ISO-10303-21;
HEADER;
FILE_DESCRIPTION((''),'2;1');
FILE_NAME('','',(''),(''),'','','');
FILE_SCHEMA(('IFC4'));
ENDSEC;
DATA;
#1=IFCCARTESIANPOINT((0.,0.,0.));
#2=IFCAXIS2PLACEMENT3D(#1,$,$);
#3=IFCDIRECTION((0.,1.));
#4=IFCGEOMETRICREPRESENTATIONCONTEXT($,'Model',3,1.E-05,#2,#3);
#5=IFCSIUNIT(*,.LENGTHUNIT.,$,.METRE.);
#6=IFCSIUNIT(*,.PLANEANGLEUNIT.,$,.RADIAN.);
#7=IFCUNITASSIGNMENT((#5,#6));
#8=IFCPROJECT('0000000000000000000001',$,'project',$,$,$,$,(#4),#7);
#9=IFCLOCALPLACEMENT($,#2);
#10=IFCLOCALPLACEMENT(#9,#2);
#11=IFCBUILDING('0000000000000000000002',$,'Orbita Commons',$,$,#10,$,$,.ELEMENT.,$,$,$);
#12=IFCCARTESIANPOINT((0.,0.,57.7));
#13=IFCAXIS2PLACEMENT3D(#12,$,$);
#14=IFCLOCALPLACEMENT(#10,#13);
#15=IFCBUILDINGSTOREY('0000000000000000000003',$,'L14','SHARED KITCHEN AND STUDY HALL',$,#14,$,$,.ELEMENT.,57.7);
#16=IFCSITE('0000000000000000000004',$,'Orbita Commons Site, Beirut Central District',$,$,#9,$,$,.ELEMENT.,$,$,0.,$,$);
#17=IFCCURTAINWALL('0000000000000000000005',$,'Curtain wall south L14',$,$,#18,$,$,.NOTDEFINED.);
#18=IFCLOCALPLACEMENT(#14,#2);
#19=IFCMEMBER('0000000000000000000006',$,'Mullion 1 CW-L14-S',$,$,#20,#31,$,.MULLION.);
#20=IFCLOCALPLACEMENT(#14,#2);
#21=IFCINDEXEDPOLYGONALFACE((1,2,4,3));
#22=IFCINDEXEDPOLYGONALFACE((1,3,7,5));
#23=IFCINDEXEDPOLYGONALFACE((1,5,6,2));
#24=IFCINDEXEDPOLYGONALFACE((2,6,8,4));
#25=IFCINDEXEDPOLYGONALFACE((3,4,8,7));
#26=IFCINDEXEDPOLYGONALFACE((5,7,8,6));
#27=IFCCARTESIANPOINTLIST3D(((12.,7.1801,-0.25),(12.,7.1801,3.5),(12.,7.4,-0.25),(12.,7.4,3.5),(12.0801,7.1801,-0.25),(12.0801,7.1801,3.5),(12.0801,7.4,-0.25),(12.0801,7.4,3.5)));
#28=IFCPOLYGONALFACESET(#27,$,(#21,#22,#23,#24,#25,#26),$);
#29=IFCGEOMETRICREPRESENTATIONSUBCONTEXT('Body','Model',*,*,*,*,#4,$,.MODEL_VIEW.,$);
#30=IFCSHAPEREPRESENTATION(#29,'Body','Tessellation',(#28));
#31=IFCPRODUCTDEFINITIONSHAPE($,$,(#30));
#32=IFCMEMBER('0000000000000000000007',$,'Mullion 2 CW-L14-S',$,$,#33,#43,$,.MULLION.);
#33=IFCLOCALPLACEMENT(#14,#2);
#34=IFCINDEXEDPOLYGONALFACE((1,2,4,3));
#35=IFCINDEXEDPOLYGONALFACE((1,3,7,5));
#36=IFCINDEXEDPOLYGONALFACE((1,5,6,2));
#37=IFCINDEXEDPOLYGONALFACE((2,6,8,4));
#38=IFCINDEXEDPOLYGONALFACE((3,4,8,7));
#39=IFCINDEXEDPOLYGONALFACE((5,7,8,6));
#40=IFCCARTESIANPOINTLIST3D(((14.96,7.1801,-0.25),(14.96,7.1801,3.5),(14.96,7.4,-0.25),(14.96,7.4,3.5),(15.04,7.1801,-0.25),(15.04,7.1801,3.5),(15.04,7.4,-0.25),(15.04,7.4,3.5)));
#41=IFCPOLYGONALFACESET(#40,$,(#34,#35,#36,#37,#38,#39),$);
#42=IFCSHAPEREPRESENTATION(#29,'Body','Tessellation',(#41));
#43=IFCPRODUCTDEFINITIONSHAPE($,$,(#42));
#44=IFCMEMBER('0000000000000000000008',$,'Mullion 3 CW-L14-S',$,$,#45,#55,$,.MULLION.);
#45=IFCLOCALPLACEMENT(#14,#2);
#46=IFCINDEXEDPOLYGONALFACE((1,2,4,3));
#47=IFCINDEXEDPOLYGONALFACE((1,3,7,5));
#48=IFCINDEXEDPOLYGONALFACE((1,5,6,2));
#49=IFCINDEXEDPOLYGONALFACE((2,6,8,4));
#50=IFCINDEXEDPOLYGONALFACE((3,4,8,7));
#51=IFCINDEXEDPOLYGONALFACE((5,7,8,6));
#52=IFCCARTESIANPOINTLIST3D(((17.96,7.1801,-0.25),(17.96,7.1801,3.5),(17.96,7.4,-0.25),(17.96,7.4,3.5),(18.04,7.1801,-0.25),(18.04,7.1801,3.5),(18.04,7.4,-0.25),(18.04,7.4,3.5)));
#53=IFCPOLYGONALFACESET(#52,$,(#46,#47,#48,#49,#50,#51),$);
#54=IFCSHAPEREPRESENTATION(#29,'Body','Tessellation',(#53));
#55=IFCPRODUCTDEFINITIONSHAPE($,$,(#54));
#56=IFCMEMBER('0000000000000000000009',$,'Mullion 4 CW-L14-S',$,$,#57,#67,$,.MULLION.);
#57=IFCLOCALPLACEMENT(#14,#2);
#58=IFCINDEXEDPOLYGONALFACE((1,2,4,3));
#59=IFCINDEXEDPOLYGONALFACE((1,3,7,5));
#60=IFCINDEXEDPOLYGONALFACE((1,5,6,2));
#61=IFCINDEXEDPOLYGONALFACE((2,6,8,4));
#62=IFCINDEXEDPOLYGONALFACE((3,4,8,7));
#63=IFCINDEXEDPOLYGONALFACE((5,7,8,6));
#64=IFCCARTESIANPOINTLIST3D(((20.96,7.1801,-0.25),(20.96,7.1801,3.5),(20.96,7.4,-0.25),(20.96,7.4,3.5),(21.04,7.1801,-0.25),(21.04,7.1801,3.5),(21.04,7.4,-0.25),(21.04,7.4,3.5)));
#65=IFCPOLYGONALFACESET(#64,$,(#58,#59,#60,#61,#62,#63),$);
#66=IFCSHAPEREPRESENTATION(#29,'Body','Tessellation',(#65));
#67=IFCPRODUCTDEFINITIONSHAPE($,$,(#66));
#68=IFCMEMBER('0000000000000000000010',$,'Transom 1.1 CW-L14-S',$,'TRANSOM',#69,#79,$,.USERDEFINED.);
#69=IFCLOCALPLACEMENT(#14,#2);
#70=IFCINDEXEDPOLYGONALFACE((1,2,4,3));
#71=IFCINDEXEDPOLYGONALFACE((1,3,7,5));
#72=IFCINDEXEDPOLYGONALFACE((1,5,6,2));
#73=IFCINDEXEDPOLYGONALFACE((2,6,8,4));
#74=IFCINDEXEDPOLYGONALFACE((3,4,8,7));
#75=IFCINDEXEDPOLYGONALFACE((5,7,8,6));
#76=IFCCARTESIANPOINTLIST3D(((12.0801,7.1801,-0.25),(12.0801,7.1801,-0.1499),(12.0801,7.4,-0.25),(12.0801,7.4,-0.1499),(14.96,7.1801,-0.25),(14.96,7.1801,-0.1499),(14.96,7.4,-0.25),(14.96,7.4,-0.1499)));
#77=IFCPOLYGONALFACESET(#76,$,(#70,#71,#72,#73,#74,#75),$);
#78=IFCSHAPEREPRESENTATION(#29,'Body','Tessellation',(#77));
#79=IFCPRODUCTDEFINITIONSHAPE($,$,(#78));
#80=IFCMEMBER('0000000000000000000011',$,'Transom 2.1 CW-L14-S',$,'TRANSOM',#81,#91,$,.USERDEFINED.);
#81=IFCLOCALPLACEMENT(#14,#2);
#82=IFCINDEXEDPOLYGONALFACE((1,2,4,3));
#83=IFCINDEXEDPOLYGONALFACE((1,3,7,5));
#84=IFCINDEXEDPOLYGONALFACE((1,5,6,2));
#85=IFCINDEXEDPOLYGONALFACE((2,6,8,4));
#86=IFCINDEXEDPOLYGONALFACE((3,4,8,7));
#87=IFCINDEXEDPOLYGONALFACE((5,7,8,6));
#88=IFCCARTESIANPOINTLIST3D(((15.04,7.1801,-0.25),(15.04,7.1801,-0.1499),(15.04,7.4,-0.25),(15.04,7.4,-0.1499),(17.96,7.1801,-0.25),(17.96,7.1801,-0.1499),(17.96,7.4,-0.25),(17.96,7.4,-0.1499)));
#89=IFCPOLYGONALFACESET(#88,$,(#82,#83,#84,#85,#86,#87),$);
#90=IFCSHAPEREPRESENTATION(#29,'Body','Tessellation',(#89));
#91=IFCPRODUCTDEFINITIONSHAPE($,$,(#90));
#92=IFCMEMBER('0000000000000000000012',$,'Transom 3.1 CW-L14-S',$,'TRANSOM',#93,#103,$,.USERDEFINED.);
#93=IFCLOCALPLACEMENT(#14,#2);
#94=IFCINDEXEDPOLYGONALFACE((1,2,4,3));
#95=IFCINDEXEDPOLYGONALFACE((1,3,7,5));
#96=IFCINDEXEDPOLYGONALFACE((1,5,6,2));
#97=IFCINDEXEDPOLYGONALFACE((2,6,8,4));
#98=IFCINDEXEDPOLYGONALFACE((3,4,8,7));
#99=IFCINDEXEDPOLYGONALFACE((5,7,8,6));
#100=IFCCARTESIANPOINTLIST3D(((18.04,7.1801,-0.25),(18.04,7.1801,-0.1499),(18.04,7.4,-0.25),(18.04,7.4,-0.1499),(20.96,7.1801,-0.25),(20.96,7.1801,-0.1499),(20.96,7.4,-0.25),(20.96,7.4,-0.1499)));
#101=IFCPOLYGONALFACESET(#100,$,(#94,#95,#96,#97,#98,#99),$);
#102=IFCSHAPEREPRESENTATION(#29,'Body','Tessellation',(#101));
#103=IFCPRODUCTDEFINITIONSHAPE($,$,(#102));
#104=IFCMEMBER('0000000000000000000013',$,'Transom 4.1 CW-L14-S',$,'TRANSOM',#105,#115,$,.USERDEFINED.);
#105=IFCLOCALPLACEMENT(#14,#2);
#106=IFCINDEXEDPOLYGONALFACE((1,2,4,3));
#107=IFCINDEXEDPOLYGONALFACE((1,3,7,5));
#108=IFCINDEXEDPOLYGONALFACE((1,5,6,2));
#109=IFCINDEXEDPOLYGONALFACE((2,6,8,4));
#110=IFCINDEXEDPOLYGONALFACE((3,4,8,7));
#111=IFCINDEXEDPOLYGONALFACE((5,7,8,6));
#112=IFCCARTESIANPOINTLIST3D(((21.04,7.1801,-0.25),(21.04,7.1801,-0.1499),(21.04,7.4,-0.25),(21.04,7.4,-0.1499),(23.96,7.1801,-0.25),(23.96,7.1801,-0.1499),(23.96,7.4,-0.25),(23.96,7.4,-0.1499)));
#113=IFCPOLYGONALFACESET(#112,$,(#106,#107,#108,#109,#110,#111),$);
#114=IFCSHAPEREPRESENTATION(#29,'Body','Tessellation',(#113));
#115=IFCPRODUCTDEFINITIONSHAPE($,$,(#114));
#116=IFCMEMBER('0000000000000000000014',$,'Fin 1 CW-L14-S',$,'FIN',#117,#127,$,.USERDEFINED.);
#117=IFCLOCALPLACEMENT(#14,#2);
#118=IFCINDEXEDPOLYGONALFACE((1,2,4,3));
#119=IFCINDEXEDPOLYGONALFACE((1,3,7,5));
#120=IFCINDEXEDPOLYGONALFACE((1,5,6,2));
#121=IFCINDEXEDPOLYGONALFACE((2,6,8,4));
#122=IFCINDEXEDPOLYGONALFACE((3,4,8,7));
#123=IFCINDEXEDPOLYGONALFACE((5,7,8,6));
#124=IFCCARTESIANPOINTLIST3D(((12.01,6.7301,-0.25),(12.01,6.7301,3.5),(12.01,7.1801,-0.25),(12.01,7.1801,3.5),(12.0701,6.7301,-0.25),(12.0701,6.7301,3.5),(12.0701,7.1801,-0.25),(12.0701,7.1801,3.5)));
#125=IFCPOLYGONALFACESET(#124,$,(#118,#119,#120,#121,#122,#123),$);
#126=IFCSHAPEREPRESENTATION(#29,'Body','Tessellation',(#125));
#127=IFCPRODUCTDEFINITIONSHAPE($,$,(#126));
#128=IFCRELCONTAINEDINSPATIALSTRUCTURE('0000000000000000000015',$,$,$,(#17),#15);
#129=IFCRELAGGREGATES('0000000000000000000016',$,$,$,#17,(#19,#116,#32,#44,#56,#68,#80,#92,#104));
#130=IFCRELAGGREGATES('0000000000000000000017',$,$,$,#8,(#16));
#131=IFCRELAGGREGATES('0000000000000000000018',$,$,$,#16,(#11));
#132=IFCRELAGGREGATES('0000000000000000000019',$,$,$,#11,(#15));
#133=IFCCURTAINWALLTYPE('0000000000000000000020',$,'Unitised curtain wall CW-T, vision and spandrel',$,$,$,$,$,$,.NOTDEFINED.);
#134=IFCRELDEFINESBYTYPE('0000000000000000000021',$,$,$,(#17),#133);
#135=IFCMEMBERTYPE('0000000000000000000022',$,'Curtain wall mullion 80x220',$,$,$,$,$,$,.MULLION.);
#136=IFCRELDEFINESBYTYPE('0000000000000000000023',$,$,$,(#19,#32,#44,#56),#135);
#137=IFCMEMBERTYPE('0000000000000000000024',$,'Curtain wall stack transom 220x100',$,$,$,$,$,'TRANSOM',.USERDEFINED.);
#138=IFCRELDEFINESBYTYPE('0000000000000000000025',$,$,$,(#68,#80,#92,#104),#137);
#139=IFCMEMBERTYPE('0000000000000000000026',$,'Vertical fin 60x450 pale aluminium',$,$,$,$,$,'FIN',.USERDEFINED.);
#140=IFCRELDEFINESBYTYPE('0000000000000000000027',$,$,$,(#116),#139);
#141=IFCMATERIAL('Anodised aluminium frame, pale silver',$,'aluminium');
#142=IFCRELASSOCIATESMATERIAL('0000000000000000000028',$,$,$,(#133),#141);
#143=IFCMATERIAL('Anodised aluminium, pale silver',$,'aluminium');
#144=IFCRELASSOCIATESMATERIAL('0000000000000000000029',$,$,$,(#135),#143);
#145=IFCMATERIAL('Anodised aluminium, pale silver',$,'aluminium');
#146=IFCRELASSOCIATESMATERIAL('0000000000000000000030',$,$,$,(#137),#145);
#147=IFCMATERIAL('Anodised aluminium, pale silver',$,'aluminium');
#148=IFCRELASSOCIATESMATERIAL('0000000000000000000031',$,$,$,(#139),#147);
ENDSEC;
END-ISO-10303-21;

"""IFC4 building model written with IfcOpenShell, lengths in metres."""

from ifc_helpers import new_model, si_unit, direction, frame, origin, origin_2d, place, context, subcontext, project, spatial, rectangle, extrude, material, material_profile, profile_set, type_object, element, aggregate, save


model = new_model("IFC4")

# Units and contexts
model_context = context("Model", 3, precision=1e-05, world=origin(), true_north=direction((0.0, 1.0)))
body_context = subcontext(model_context, "Body", "Model", "MODEL_VIEW")
ifc_project = project(units=[si_unit("LENGTHUNIT", "METRE"), si_unit("PLANEANGLEUNIT", "RADIAN")], contexts=[model_context])

# Site, building, storey
site_placement = place(None, origin())
site = spatial("IfcSite", under=ifc_project, at=site_placement, Name="Orbita Commons Site, Beirut Central District", CompositionType="ELEMENT", RefElevation=0.0)
building_placement = place(site_placement, origin())
building = spatial("IfcBuilding", under=site, at=building_placement, Name="Orbita Commons", CompositionType="ELEMENT")
storey_placement = place(building_placement, frame((0.0, 0.0, 57.7)))
storey = spatial("IfcBuildingStorey", under=building, at=storey_placement, Name="L14", Description="SHARED KITCHEN AND STUDY HALL", CompositionType="ELEMENT", Elevation=57.7)

# Curtain wall, members
ifc_material_1 = material(Name="Anodised aluminium frame, pale silver", Category="aluminium")
curtain_wall_type = type_object("IfcCurtainWallType", Name="Unitised curtain wall CW-T, vision and spandrel", PredefinedType="NOTDEFINED", material=ifc_material_1)
curtain_wall_placement = place(storey_placement, origin())
curtain_wall = element("IfcCurtainWall", 1, at=curtain_wall_placement, inside=storey, type_object=curtain_wall_type, Name="Curtain wall south L14", PredefinedType="NOTDEFINED")
ifc_material_2 = material(Name="Anodised aluminium, pale silver", Category="aluminium")
ifc_material_profile_1 = material_profile(ifc_material_2, rectangle(XDim=0.0801, YDim=0.22, at=origin_2d()), Name="AL 80x220")
ifc_profile_set_1 = profile_set([ifc_material_profile_1], Name="Anodised aluminium, pale silver")
member_type_1 = type_object("IfcMemberType", Name="Curtain wall mullion 80x220", PredefinedType="MULLION", material=ifc_profile_set_1)
member_1_placement = place(storey_placement, frame((12.04, 7.29, -0.25), z_axis=(0.0, 0.0, 1.0), x_axis=(1.0, 0.0, 0.0)))
member_1 = element("IfcMember", 2, at=member_1_placement, type_object=member_type_1, Name="Mullion 1 CW-L14-S", PredefinedType="MULLION", context=body_context, shape_type="SweptSolid", body=[
    extrude(rectangle(XDim=0.0801, YDim=0.22, at=origin_2d()), origin(), (0.0, 0.0, 1.0), 3.75),
])
member_2_placement = place(storey_placement, frame((15.0, 7.29, -0.25), z_axis=(0.0, 0.0, 1.0), x_axis=(1.0, 0.0, 0.0)))
member_2 = element("IfcMember", 3, at=member_2_placement, type_object=member_type_1, Name="Mullion 2 CW-L14-S", PredefinedType="MULLION", context=body_context, shape_type="SweptSolid", body=[
    extrude(rectangle(XDim=0.0801, YDim=0.22, at=origin_2d()), origin(), (0.0, 0.0, 1.0), 3.75),
])
member_3_placement = place(storey_placement, frame((18.0, 7.29, -0.25), z_axis=(0.0, 0.0, 1.0), x_axis=(1.0, 0.0, 0.0)))
member_3 = element("IfcMember", 4, at=member_3_placement, type_object=member_type_1, Name="Mullion 3 CW-L14-S", PredefinedType="MULLION", context=body_context, shape_type="SweptSolid", body=[
    extrude(rectangle(XDim=0.0801, YDim=0.22, at=origin_2d()), origin(), (0.0, 0.0, 1.0), 3.75),
])
member_4_placement = place(storey_placement, frame((21.0, 7.29, -0.25), z_axis=(0.0, 0.0, 1.0), x_axis=(1.0, 0.0, 0.0)))
member_4 = element("IfcMember", 5, at=member_4_placement, type_object=member_type_1, Name="Mullion 4 CW-L14-S", PredefinedType="MULLION", context=body_context, shape_type="SweptSolid", body=[
    extrude(rectangle(XDim=0.0801, YDim=0.22, at=origin_2d()), origin(), (0.0, 0.0, 1.0), 3.75),
])
ifc_material_3 = material(Name="Anodised aluminium, pale silver", Category="aluminium")
ifc_material_profile_2 = material_profile(ifc_material_3, rectangle(XDim=0.22, YDim=0.1001, at=origin_2d()), Name="AL 220x100")
ifc_profile_set_2 = profile_set([ifc_material_profile_2], Name="Anodised aluminium, pale silver")
member_type_2 = type_object("IfcMemberType", Name="Curtain wall stack transom 220x100", ElementType="TRANSOM", PredefinedType="USERDEFINED", material=ifc_profile_set_2)
member_5_placement = place(storey_placement, frame((12.0801, 7.29, -0.2), z_axis=(1.0, 0.0, 0.0), x_axis=(0.0, 1.0, 0.0)))
member_5 = element("IfcMember", 6, at=member_5_placement, type_object=member_type_2, Name="Transom 1.1 CW-L14-S", ObjectType="TRANSOM", PredefinedType="USERDEFINED", context=body_context, shape_type="SweptSolid", body=[
    extrude(rectangle(XDim=0.22, YDim=0.1001, at=origin_2d()), origin(), (0.0, 0.0, 1.0), 2.8799),
])
member_6_placement = place(storey_placement, frame((15.04, 7.29, -0.2), z_axis=(1.0, 0.0, 0.0), x_axis=(0.0, 1.0, 0.0)))
member_6 = element("IfcMember", 7, at=member_6_placement, type_object=member_type_2, Name="Transom 2.1 CW-L14-S", ObjectType="TRANSOM", PredefinedType="USERDEFINED", context=body_context, shape_type="SweptSolid", body=[
    extrude(rectangle(XDim=0.22, YDim=0.1001, at=origin_2d()), origin(), (0.0, 0.0, 1.0), 2.9199),
])
member_7_placement = place(storey_placement, frame((18.04, 7.29, -0.2), z_axis=(1.0, 0.0, 0.0), x_axis=(0.0, 1.0, 0.0)))
member_7 = element("IfcMember", 8, at=member_7_placement, type_object=member_type_2, Name="Transom 3.1 CW-L14-S", ObjectType="TRANSOM", PredefinedType="USERDEFINED", context=body_context, shape_type="SweptSolid", body=[
    extrude(rectangle(XDim=0.22, YDim=0.1001, at=origin_2d()), origin(), (0.0, 0.0, 1.0), 2.9199),
])
member_8_placement = place(storey_placement, frame((21.04, 7.29, -0.2), z_axis=(1.0, 0.0, 0.0), x_axis=(0.0, 1.0, 0.0)))
member_8 = element("IfcMember", 9, at=member_8_placement, type_object=member_type_2, Name="Transom 4.1 CW-L14-S", ObjectType="TRANSOM", PredefinedType="USERDEFINED", context=body_context, shape_type="SweptSolid", body=[
    extrude(rectangle(XDim=0.22, YDim=0.1001, at=origin_2d()), origin(), (0.0, 0.0, 1.0), 2.9199),
])
ifc_material_4 = material(Name="Anodised aluminium, pale silver", Category="aluminium")
ifc_material_profile_3 = material_profile(ifc_material_4, rectangle(XDim=0.0601, YDim=0.45, at=origin_2d()), Name="FIN 60x450")
ifc_profile_set_3 = profile_set([ifc_material_profile_3], Name="Anodised aluminium, pale silver")
member_type_3 = type_object("IfcMemberType", Name="Vertical fin 60x450 pale aluminium", ElementType="FIN", PredefinedType="USERDEFINED", material=ifc_profile_set_3)
member_9_placement = place(storey_placement, frame((12.04, 6.9551, -0.25), z_axis=(0.0, 0.0, 1.0), x_axis=(1.0, 0.0, 0.0)))
member_9 = element("IfcMember", 10, at=member_9_placement, type_object=member_type_3, Name="Fin 1 CW-L14-S", ObjectType="FIN", PredefinedType="USERDEFINED", context=body_context, shape_type="SweptSolid", body=[
    extrude(rectangle(XDim=0.0601, YDim=0.45, at=origin_2d()), origin(), (0.0, 0.0, 1.0), 3.75),
])

aggregate(curtain_wall, [member_1, member_9, member_2, member_3, member_4, member_5, member_6, member_7, member_8])

save(model, "model.ifc")
